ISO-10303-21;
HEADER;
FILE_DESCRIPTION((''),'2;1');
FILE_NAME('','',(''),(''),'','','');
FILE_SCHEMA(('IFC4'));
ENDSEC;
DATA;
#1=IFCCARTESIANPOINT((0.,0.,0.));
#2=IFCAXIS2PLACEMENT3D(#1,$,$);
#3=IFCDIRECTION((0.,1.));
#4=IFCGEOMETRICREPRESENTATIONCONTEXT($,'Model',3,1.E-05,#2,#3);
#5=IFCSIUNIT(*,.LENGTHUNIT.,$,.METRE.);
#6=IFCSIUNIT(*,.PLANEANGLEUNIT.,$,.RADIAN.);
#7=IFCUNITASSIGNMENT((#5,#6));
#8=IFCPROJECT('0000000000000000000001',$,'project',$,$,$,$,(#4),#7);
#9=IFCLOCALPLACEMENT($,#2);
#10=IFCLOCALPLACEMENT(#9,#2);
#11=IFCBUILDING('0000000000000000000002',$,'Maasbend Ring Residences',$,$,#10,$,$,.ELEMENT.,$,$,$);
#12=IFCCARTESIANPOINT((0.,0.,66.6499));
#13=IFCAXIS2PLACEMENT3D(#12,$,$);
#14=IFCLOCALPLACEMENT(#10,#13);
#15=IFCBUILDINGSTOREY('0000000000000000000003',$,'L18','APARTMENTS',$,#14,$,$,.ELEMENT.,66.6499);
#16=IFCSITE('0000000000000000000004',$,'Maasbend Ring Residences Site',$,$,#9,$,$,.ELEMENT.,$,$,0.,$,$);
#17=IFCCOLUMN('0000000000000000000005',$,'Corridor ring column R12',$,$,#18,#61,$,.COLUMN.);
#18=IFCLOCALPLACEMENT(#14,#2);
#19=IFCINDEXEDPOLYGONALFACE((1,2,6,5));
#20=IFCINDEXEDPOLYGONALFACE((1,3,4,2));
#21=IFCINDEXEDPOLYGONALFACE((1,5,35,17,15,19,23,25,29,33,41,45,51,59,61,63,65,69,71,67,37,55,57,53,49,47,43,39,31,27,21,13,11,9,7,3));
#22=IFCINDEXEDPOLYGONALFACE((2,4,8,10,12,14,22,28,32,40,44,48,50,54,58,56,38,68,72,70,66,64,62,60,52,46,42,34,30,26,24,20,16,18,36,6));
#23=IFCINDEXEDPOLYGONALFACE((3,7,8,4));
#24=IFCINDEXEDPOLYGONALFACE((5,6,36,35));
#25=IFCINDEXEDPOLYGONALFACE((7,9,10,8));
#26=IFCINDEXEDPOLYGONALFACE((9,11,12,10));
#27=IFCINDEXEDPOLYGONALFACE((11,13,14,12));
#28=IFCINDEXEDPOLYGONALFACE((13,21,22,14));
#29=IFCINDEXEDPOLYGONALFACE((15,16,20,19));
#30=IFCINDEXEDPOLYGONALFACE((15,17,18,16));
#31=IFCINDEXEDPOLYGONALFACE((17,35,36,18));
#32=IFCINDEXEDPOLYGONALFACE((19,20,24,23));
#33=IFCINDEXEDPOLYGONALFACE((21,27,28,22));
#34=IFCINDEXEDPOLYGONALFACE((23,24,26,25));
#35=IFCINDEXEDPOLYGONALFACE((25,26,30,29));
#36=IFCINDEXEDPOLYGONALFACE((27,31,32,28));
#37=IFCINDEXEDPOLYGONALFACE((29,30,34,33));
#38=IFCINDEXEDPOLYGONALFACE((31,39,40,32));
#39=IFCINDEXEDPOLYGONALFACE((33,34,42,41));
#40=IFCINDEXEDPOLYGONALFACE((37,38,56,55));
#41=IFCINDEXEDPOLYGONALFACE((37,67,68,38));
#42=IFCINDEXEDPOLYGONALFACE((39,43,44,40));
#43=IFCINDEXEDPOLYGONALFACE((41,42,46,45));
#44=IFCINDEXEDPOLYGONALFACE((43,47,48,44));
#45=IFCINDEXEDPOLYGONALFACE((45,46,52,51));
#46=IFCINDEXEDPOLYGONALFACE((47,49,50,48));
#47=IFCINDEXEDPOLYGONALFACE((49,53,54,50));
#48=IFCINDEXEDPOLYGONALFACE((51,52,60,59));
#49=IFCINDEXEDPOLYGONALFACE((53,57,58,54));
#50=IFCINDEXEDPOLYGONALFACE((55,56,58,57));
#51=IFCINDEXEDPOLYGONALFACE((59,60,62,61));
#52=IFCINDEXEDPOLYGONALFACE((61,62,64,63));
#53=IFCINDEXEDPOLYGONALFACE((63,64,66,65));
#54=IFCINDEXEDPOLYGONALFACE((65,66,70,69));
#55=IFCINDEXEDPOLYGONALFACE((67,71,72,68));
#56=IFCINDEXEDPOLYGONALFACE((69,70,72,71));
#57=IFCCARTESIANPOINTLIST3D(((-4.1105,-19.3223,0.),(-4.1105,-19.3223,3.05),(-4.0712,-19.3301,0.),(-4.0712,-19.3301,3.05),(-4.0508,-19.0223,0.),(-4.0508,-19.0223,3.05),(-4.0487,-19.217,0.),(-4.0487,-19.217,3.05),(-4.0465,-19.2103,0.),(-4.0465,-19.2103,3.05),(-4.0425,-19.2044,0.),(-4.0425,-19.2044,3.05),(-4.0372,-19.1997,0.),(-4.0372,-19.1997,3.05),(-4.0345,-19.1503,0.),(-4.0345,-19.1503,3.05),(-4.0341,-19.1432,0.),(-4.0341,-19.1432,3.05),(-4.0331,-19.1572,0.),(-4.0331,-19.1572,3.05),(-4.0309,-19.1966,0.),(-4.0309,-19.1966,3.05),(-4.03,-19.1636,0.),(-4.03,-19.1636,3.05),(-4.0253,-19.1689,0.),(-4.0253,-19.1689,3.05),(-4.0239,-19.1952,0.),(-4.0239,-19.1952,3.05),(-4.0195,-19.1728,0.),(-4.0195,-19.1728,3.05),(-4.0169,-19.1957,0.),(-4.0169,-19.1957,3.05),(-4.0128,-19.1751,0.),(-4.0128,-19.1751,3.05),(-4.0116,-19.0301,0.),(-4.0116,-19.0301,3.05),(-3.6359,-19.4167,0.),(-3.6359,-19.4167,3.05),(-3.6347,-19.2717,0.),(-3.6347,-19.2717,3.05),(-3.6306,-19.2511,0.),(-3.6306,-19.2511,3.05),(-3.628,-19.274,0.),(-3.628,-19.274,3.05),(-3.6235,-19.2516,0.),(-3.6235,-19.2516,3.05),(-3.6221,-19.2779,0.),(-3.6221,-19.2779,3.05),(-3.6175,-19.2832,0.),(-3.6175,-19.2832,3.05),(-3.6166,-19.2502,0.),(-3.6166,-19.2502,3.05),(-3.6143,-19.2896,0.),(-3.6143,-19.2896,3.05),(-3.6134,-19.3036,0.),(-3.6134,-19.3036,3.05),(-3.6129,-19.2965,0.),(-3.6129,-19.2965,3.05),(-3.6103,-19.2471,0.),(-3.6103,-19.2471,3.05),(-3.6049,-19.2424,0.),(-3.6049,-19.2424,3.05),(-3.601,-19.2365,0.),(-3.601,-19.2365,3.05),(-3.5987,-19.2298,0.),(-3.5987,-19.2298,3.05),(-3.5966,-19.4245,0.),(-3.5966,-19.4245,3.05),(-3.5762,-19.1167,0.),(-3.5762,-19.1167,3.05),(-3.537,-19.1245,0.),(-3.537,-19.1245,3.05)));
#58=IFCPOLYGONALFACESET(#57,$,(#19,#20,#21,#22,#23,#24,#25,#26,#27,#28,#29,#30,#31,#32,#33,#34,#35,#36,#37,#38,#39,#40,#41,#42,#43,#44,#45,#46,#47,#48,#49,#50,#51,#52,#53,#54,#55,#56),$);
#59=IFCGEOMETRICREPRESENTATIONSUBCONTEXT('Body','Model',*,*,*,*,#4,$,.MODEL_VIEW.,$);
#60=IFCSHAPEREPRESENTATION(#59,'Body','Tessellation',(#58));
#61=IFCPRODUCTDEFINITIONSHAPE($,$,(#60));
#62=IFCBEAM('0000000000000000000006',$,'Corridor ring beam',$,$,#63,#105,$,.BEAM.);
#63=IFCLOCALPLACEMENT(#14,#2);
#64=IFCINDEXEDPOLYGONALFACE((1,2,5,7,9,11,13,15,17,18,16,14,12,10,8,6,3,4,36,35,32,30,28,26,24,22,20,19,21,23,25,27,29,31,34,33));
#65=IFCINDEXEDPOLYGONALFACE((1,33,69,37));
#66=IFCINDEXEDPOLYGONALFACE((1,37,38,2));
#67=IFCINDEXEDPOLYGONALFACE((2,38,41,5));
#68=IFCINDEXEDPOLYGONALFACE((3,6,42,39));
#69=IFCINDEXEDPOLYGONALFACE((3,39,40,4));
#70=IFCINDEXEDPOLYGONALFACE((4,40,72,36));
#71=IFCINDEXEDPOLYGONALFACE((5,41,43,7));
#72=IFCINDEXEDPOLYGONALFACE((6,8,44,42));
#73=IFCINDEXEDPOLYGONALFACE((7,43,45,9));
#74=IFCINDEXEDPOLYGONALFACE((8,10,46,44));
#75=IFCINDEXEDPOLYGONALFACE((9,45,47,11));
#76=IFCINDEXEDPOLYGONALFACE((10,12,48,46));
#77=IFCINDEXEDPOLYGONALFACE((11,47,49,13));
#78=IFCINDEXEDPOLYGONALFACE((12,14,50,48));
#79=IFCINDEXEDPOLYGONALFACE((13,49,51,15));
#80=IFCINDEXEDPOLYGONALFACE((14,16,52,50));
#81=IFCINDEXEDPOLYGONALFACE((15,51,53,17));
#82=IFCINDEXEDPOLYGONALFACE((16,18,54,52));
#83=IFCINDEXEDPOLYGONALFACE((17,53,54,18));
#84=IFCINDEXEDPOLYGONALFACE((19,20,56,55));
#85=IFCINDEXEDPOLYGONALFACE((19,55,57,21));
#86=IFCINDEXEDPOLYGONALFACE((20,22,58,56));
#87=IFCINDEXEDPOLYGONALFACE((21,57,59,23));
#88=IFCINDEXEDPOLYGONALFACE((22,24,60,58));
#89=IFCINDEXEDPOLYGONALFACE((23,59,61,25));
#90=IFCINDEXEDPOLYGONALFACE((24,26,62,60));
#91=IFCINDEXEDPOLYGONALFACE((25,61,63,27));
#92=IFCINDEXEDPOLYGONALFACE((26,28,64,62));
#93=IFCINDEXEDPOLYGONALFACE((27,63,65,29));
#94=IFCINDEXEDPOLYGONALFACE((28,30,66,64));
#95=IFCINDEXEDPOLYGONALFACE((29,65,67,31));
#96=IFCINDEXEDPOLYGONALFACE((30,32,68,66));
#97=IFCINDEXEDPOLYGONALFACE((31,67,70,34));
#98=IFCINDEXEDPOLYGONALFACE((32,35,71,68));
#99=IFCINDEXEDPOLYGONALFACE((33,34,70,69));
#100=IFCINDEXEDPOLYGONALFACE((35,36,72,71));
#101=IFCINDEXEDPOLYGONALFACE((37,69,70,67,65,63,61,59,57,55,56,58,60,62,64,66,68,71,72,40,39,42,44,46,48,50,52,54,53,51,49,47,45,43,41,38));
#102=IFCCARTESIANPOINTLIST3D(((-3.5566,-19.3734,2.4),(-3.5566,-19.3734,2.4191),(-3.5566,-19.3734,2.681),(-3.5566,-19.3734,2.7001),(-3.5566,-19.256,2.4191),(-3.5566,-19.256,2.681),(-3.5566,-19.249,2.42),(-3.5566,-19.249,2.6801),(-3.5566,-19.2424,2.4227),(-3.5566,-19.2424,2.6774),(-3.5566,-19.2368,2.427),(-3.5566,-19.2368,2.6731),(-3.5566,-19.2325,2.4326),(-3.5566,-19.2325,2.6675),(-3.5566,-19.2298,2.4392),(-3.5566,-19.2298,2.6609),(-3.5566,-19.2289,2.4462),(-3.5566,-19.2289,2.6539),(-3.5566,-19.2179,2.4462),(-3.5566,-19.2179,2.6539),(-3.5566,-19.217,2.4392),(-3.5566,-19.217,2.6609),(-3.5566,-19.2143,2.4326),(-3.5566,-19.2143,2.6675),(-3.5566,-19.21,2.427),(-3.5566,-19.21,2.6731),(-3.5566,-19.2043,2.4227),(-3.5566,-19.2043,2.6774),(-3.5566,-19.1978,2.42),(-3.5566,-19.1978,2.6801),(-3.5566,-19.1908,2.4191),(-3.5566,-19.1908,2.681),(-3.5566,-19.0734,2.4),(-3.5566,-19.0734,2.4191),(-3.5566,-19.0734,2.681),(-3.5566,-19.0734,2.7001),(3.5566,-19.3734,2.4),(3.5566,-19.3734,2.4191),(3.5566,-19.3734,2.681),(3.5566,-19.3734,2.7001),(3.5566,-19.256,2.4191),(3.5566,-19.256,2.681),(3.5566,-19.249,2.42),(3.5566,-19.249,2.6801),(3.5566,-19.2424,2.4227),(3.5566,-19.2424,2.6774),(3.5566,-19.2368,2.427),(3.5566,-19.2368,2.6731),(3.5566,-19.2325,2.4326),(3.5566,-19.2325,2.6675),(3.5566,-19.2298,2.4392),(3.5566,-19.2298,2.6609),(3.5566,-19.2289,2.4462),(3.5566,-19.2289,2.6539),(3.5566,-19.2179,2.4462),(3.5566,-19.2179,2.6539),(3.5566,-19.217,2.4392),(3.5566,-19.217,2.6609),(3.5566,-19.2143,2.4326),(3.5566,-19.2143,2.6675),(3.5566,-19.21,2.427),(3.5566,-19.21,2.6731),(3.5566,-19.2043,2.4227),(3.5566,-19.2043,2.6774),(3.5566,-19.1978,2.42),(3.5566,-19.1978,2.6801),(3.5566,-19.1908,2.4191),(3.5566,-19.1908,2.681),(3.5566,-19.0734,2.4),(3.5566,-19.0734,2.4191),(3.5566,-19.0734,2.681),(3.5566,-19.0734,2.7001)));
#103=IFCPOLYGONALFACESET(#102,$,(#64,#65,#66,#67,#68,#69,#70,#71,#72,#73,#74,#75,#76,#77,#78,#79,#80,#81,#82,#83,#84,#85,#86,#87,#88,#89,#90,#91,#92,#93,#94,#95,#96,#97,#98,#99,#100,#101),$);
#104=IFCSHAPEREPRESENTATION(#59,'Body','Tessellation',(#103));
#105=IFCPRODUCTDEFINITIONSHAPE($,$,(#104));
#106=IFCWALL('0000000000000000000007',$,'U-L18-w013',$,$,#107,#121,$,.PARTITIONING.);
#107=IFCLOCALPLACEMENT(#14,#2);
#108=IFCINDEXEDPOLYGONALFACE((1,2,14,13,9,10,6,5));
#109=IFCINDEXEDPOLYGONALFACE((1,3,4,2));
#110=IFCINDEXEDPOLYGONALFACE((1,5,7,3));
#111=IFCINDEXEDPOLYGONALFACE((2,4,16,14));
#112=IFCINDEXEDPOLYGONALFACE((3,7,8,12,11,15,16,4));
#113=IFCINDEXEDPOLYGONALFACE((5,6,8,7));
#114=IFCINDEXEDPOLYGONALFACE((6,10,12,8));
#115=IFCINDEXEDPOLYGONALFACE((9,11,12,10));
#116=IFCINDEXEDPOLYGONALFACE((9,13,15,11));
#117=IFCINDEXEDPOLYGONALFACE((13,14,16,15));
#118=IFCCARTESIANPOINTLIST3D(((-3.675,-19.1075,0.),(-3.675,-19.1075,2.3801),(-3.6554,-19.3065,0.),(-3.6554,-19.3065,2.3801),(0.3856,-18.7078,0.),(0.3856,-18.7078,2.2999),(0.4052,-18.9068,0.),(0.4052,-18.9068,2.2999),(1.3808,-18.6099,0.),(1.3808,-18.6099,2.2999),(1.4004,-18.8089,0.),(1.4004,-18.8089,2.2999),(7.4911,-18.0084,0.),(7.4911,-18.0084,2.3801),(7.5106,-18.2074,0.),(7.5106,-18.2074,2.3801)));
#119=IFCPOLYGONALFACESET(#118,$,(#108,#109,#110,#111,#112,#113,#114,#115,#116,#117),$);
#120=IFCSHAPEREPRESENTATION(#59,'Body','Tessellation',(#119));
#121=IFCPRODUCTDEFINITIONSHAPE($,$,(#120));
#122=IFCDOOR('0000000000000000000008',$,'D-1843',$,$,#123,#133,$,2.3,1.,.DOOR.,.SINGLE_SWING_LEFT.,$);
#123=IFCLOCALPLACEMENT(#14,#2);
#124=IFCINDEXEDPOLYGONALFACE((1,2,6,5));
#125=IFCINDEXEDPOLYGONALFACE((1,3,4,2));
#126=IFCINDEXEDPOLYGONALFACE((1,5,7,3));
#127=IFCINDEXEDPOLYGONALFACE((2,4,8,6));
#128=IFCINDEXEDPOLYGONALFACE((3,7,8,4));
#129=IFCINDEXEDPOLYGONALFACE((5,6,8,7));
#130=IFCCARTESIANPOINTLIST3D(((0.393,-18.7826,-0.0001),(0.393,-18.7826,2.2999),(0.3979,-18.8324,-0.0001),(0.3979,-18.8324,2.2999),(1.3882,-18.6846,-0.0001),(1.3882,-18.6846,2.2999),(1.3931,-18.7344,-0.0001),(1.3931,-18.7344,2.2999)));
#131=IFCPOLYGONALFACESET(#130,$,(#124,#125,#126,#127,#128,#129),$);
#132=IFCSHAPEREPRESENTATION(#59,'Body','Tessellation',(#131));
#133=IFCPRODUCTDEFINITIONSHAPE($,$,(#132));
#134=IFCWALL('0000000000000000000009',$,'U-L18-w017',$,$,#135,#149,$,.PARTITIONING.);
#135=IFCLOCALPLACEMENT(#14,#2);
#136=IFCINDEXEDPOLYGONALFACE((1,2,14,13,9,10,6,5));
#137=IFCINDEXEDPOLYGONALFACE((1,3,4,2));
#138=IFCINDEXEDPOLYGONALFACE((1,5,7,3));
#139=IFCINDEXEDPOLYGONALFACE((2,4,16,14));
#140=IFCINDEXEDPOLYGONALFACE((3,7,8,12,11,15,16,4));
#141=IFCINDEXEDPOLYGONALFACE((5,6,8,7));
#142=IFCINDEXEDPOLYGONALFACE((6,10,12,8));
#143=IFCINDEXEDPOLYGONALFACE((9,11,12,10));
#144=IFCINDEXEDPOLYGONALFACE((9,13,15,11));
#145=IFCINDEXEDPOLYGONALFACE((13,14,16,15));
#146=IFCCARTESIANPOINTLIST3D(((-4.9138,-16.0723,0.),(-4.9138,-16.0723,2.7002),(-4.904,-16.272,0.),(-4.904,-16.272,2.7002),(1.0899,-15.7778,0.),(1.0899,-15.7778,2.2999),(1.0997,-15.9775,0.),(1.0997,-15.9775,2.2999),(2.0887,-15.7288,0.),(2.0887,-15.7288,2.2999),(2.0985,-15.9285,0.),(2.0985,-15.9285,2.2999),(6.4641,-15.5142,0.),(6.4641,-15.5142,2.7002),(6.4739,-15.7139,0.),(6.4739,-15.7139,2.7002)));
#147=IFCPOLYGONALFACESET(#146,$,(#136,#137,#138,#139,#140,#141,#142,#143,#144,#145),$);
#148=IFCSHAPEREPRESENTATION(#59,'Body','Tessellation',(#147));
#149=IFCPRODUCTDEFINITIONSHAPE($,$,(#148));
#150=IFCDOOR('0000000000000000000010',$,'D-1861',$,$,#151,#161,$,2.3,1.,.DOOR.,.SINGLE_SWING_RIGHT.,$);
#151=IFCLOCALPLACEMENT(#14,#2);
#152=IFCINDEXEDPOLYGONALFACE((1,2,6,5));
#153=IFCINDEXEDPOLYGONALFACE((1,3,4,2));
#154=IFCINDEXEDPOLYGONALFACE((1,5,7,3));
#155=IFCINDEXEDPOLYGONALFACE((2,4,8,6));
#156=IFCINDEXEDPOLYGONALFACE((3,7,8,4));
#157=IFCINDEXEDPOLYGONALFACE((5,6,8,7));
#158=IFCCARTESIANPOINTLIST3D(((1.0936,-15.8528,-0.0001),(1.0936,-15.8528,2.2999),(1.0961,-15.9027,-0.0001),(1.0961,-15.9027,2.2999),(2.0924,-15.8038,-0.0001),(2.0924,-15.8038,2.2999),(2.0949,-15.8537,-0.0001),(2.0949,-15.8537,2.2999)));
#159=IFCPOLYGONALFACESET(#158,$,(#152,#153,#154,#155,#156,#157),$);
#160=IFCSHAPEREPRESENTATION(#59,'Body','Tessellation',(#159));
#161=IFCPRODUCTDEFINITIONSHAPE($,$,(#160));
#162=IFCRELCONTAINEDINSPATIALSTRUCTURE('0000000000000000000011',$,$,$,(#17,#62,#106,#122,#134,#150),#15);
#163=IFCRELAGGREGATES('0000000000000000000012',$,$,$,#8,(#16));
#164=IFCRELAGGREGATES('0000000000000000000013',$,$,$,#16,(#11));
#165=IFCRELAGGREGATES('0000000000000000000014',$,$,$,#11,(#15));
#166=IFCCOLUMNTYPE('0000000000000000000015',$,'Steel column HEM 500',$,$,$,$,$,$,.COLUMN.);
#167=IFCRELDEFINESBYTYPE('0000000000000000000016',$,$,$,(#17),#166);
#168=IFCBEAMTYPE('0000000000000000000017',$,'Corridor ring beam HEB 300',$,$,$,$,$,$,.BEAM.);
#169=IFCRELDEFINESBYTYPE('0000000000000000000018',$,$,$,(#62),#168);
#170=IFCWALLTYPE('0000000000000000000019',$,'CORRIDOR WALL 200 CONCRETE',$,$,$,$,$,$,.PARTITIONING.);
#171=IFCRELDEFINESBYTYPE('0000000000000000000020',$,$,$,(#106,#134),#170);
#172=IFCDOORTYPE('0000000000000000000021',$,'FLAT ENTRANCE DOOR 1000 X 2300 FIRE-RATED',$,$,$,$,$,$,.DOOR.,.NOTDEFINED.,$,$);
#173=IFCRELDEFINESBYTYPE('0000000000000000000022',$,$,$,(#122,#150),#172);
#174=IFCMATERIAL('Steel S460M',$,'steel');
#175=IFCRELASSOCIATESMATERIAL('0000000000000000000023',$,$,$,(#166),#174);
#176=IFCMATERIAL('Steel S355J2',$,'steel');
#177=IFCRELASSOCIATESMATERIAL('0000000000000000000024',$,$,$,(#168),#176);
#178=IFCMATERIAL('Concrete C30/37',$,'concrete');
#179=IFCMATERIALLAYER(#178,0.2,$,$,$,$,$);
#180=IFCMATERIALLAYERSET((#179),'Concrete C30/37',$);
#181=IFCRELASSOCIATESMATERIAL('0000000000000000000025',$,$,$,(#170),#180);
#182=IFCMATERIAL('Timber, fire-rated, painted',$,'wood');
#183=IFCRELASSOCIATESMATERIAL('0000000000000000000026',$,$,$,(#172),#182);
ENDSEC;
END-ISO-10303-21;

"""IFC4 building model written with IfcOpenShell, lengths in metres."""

from ifc_helpers import new_model, si_unit, direction, frame, frame_2d, origin, origin_2d, place, context, subcontext, project, spatial, rectangle, i_section, extrude, material, layer, layer_set, material_profile, profile_set, type_object, element, fill, save


model = new_model("IFC4")

# Units and contexts
model_context = context("Model", 3, precision=1e-05, world=origin(), true_north=direction((0.0, 1.0)))
body_context = subcontext(model_context, "Body", "Model", "MODEL_VIEW")
ifc_project = project(units=[si_unit("LENGTHUNIT", "METRE"), si_unit("PLANEANGLEUNIT", "RADIAN")], contexts=[model_context])

# Site, building, storey
site_placement = place(None, origin())
site = spatial("IfcSite", under=ifc_project, at=site_placement, Name="Maasbend Ring Residences Site", CompositionType="ELEMENT", RefElevation=0.0)
building_placement = place(site_placement, origin())
building = spatial("IfcBuilding", under=site, at=building_placement, Name="Maasbend Ring Residences", CompositionType="ELEMENT")
storey_placement = place(building_placement, frame((0.0, 0.0, 66.6499)))
storey = spatial("IfcBuildingStorey", under=building, at=storey_placement, Name="L18", Description="APARTMENTS", CompositionType="ELEMENT", Elevation=66.6499)

# Column
ifc_material_1 = material(Name="Steel S460M", Category="steel")
ifc_material_profile_1 = material_profile(ifc_material_1, i_section(OverallWidth=0.3059, OverallDepth=0.5239, WebThickness=0.021, FlangeThickness=0.04, FilletRadius=0.0271, at=origin_2d()), Name="HEM 500")
ifc_profile_set_1 = profile_set([ifc_material_profile_1], Name="Steel S460M")
column_type = type_object("IfcColumnType", Name="Steel column HEM 500", PredefinedType="COLUMN", material=ifc_profile_set_1)
column_placement = place(storey_placement, frame((-3.8237, -19.2234, 0.0), z_axis=(0.0, 0.0, 1.0), x_axis=(-0.19509, -0.980785, 0.0)))
element("IfcColumn", 1, at=column_placement, inside=storey, type_object=column_type, Name="Corridor ring column R12", PredefinedType="COLUMN", context=body_context, shape_type="SweptSolid", body=[
    extrude(i_section(OverallWidth=0.3059, OverallDepth=0.5239, WebThickness=0.021, FlangeThickness=0.04, FilletRadius=0.0271, at=origin_2d()), origin(), (0.0, 0.0, 1.0), 3.05),
])

# Beam
ifc_material_2 = material(Name="Steel S355J2", Category="steel")
ifc_material_profile_2 = material_profile(ifc_material_2, i_section(OverallWidth=0.3, OverallDepth=0.3, WebThickness=0.011, FlangeThickness=0.019, FilletRadius=0.0271, at=origin_2d()), Name="HEB 300")
ifc_profile_set_2 = profile_set([ifc_material_profile_2], Name="Steel S355J2")
beam_type = type_object("IfcBeamType", Name="Corridor ring beam HEB 300", PredefinedType="BEAM", material=ifc_profile_set_2)
beam_placement = place(storey_placement, frame((-3.5566, -19.2234, 2.55), z_axis=(1.0, 0.0, 0.0), x_axis=(0.0, 1.0, 0.0)))
element("IfcBeam", 2, at=beam_placement, inside=storey, type_object=beam_type, Name="Corridor ring beam", PredefinedType="BEAM", context=body_context, shape_type="SweptSolid", body=[
    extrude(i_section(OverallWidth=0.3, OverallDepth=0.3, WebThickness=0.011, FlangeThickness=0.019, FilletRadius=0.0271, at=origin_2d()), origin(), (0.0, 0.0, 1.0), 7.1133),
])

# Walls, openings, doors
ifc_material_3 = material(Name="Concrete C30/37", Category="concrete")
ifc_layer_1 = layer(ifc_material_3, 0.2)
ifc_layer_set_1 = layer_set([ifc_layer_1], Name="Concrete C30/37")
wall_type_1 = type_object("IfcWallType", Name="CORRIDOR WALL 200 CONCRETE", PredefinedType="PARTITIONING", material=ifc_layer_set_1)
wall_1_placement = place(storey_placement, frame((-3.665, -19.207, 0.0), z_axis=(0.0, 0.0, 1.0), x_axis=(0.99519, 0.097961, 0.0)))
wall_1 = element("IfcWall", 3, at=wall_1_placement, inside=storey, type_object=wall_type_1, Name="U-L18-w013", PredefinedType="PARTITIONING", context=body_context, shape_type="SweptSolid", body=[
    extrude(rectangle(XDim=11.22, YDim=0.2, at=frame_2d((5.6099, 0.0))), origin(), (0.0, 0.0, 1.0), 2.3801),
])
opening_1_placement = place(wall_1_placement, frame((4.0801, 0.0, 0.0)))
opening_1 = element("IfcOpeningElement", 4, at=opening_1_placement, cuts=wall_1, PredefinedType="OPENING", context=body_context, shape_type="SweptSolid", body=[
    extrude(rectangle(XDim=1.0, YDim=2.3, at=frame_2d((0.5, 1.1499))), frame((0.0, 0.1099, 0.0), z_axis=(0.0, -1.0, 0.0), x_axis=(1.0, 0.0, 0.0)), (0.0, 0.0, 1.0), 0.22),
])
ifc_material_4 = material(Name="Timber, fire-rated, painted", Category="wood")
door_type_1 = type_object("IfcDoorType", Name="FLAT ENTRANCE DOOR 1000 X 2300 FIRE-RATED", OperationType="NOTDEFINED", PredefinedType="DOOR", material=ifc_material_4)
door_1_placement = place(opening_1_placement, origin())
door_1 = element("IfcDoor", 5, at=door_1_placement, inside=storey, type_object=door_type_1, Name="D-1843", OperationType="SINGLE_SWING_LEFT", OverallHeight=2.3, OverallWidth=1.0, PredefinedType="DOOR", context=body_context, shape_type="SweptSolid", body=[
    extrude(rectangle(XDim=1.0, YDim=2.3, at=frame_2d((0.5, 1.1499))), frame((0.0, 0.0249, 0.0), z_axis=(0.0, -1.0, 0.0), x_axis=(1.0, 0.0, 0.0)), (0.0, 0.0, 1.0), 0.05),
])
fill(opening_1, door_1)
wall_2_placement = place(storey_placement, frame((-4.9089, -16.1721, 0.0), z_axis=(0.0, 0.0, 1.0), x_axis=(0.998799, 0.048993, 0.0)))
wall_2 = element("IfcWall", 6, at=wall_2_placement, inside=storey, type_object=wall_type_1, Name="U-L18-w017", PredefinedType="PARTITIONING", context=body_context, shape_type="SweptSolid", body=[
    extrude(rectangle(XDim=11.3916, YDim=0.2, at=frame_2d((5.6958, 0.0))), origin(), (0.0, 0.0, 1.0), 2.7002),
])
opening_2_placement = place(wall_2_placement, frame((6.011, 0.0, 0.0)))
opening_2 = element("IfcOpeningElement", 7, at=opening_2_placement, cuts=wall_2, PredefinedType="OPENING", context=body_context, shape_type="SweptSolid", body=[
    extrude(rectangle(XDim=1.0, YDim=2.3, at=frame_2d((0.5, 1.1499))), frame((0.0, 0.1099, 0.0), z_axis=(0.0, -1.0, 0.0), x_axis=(1.0, 0.0, 0.0)), (0.0, 0.0, 1.0), 0.22),
])
door_2_placement = place(opening_2_placement, origin())
door_2 = element("IfcDoor", 8, at=door_2_placement, inside=storey, type_object=door_type_1, Name="D-1861", OperationType="SINGLE_SWING_RIGHT", OverallHeight=2.3, OverallWidth=1.0, PredefinedType="DOOR", context=body_context, shape_type="SweptSolid", body=[
    extrude(rectangle(XDim=1.0, YDim=2.3, at=frame_2d((0.5, 1.1499))), frame((0.0, 0.0249, 0.0), z_axis=(0.0, -1.0, 0.0), x_axis=(1.0, 0.0, 0.0)), (0.0, 0.0, 1.0), 0.05),
])
fill(opening_2, door_2)

save(model, "model.ifc")
